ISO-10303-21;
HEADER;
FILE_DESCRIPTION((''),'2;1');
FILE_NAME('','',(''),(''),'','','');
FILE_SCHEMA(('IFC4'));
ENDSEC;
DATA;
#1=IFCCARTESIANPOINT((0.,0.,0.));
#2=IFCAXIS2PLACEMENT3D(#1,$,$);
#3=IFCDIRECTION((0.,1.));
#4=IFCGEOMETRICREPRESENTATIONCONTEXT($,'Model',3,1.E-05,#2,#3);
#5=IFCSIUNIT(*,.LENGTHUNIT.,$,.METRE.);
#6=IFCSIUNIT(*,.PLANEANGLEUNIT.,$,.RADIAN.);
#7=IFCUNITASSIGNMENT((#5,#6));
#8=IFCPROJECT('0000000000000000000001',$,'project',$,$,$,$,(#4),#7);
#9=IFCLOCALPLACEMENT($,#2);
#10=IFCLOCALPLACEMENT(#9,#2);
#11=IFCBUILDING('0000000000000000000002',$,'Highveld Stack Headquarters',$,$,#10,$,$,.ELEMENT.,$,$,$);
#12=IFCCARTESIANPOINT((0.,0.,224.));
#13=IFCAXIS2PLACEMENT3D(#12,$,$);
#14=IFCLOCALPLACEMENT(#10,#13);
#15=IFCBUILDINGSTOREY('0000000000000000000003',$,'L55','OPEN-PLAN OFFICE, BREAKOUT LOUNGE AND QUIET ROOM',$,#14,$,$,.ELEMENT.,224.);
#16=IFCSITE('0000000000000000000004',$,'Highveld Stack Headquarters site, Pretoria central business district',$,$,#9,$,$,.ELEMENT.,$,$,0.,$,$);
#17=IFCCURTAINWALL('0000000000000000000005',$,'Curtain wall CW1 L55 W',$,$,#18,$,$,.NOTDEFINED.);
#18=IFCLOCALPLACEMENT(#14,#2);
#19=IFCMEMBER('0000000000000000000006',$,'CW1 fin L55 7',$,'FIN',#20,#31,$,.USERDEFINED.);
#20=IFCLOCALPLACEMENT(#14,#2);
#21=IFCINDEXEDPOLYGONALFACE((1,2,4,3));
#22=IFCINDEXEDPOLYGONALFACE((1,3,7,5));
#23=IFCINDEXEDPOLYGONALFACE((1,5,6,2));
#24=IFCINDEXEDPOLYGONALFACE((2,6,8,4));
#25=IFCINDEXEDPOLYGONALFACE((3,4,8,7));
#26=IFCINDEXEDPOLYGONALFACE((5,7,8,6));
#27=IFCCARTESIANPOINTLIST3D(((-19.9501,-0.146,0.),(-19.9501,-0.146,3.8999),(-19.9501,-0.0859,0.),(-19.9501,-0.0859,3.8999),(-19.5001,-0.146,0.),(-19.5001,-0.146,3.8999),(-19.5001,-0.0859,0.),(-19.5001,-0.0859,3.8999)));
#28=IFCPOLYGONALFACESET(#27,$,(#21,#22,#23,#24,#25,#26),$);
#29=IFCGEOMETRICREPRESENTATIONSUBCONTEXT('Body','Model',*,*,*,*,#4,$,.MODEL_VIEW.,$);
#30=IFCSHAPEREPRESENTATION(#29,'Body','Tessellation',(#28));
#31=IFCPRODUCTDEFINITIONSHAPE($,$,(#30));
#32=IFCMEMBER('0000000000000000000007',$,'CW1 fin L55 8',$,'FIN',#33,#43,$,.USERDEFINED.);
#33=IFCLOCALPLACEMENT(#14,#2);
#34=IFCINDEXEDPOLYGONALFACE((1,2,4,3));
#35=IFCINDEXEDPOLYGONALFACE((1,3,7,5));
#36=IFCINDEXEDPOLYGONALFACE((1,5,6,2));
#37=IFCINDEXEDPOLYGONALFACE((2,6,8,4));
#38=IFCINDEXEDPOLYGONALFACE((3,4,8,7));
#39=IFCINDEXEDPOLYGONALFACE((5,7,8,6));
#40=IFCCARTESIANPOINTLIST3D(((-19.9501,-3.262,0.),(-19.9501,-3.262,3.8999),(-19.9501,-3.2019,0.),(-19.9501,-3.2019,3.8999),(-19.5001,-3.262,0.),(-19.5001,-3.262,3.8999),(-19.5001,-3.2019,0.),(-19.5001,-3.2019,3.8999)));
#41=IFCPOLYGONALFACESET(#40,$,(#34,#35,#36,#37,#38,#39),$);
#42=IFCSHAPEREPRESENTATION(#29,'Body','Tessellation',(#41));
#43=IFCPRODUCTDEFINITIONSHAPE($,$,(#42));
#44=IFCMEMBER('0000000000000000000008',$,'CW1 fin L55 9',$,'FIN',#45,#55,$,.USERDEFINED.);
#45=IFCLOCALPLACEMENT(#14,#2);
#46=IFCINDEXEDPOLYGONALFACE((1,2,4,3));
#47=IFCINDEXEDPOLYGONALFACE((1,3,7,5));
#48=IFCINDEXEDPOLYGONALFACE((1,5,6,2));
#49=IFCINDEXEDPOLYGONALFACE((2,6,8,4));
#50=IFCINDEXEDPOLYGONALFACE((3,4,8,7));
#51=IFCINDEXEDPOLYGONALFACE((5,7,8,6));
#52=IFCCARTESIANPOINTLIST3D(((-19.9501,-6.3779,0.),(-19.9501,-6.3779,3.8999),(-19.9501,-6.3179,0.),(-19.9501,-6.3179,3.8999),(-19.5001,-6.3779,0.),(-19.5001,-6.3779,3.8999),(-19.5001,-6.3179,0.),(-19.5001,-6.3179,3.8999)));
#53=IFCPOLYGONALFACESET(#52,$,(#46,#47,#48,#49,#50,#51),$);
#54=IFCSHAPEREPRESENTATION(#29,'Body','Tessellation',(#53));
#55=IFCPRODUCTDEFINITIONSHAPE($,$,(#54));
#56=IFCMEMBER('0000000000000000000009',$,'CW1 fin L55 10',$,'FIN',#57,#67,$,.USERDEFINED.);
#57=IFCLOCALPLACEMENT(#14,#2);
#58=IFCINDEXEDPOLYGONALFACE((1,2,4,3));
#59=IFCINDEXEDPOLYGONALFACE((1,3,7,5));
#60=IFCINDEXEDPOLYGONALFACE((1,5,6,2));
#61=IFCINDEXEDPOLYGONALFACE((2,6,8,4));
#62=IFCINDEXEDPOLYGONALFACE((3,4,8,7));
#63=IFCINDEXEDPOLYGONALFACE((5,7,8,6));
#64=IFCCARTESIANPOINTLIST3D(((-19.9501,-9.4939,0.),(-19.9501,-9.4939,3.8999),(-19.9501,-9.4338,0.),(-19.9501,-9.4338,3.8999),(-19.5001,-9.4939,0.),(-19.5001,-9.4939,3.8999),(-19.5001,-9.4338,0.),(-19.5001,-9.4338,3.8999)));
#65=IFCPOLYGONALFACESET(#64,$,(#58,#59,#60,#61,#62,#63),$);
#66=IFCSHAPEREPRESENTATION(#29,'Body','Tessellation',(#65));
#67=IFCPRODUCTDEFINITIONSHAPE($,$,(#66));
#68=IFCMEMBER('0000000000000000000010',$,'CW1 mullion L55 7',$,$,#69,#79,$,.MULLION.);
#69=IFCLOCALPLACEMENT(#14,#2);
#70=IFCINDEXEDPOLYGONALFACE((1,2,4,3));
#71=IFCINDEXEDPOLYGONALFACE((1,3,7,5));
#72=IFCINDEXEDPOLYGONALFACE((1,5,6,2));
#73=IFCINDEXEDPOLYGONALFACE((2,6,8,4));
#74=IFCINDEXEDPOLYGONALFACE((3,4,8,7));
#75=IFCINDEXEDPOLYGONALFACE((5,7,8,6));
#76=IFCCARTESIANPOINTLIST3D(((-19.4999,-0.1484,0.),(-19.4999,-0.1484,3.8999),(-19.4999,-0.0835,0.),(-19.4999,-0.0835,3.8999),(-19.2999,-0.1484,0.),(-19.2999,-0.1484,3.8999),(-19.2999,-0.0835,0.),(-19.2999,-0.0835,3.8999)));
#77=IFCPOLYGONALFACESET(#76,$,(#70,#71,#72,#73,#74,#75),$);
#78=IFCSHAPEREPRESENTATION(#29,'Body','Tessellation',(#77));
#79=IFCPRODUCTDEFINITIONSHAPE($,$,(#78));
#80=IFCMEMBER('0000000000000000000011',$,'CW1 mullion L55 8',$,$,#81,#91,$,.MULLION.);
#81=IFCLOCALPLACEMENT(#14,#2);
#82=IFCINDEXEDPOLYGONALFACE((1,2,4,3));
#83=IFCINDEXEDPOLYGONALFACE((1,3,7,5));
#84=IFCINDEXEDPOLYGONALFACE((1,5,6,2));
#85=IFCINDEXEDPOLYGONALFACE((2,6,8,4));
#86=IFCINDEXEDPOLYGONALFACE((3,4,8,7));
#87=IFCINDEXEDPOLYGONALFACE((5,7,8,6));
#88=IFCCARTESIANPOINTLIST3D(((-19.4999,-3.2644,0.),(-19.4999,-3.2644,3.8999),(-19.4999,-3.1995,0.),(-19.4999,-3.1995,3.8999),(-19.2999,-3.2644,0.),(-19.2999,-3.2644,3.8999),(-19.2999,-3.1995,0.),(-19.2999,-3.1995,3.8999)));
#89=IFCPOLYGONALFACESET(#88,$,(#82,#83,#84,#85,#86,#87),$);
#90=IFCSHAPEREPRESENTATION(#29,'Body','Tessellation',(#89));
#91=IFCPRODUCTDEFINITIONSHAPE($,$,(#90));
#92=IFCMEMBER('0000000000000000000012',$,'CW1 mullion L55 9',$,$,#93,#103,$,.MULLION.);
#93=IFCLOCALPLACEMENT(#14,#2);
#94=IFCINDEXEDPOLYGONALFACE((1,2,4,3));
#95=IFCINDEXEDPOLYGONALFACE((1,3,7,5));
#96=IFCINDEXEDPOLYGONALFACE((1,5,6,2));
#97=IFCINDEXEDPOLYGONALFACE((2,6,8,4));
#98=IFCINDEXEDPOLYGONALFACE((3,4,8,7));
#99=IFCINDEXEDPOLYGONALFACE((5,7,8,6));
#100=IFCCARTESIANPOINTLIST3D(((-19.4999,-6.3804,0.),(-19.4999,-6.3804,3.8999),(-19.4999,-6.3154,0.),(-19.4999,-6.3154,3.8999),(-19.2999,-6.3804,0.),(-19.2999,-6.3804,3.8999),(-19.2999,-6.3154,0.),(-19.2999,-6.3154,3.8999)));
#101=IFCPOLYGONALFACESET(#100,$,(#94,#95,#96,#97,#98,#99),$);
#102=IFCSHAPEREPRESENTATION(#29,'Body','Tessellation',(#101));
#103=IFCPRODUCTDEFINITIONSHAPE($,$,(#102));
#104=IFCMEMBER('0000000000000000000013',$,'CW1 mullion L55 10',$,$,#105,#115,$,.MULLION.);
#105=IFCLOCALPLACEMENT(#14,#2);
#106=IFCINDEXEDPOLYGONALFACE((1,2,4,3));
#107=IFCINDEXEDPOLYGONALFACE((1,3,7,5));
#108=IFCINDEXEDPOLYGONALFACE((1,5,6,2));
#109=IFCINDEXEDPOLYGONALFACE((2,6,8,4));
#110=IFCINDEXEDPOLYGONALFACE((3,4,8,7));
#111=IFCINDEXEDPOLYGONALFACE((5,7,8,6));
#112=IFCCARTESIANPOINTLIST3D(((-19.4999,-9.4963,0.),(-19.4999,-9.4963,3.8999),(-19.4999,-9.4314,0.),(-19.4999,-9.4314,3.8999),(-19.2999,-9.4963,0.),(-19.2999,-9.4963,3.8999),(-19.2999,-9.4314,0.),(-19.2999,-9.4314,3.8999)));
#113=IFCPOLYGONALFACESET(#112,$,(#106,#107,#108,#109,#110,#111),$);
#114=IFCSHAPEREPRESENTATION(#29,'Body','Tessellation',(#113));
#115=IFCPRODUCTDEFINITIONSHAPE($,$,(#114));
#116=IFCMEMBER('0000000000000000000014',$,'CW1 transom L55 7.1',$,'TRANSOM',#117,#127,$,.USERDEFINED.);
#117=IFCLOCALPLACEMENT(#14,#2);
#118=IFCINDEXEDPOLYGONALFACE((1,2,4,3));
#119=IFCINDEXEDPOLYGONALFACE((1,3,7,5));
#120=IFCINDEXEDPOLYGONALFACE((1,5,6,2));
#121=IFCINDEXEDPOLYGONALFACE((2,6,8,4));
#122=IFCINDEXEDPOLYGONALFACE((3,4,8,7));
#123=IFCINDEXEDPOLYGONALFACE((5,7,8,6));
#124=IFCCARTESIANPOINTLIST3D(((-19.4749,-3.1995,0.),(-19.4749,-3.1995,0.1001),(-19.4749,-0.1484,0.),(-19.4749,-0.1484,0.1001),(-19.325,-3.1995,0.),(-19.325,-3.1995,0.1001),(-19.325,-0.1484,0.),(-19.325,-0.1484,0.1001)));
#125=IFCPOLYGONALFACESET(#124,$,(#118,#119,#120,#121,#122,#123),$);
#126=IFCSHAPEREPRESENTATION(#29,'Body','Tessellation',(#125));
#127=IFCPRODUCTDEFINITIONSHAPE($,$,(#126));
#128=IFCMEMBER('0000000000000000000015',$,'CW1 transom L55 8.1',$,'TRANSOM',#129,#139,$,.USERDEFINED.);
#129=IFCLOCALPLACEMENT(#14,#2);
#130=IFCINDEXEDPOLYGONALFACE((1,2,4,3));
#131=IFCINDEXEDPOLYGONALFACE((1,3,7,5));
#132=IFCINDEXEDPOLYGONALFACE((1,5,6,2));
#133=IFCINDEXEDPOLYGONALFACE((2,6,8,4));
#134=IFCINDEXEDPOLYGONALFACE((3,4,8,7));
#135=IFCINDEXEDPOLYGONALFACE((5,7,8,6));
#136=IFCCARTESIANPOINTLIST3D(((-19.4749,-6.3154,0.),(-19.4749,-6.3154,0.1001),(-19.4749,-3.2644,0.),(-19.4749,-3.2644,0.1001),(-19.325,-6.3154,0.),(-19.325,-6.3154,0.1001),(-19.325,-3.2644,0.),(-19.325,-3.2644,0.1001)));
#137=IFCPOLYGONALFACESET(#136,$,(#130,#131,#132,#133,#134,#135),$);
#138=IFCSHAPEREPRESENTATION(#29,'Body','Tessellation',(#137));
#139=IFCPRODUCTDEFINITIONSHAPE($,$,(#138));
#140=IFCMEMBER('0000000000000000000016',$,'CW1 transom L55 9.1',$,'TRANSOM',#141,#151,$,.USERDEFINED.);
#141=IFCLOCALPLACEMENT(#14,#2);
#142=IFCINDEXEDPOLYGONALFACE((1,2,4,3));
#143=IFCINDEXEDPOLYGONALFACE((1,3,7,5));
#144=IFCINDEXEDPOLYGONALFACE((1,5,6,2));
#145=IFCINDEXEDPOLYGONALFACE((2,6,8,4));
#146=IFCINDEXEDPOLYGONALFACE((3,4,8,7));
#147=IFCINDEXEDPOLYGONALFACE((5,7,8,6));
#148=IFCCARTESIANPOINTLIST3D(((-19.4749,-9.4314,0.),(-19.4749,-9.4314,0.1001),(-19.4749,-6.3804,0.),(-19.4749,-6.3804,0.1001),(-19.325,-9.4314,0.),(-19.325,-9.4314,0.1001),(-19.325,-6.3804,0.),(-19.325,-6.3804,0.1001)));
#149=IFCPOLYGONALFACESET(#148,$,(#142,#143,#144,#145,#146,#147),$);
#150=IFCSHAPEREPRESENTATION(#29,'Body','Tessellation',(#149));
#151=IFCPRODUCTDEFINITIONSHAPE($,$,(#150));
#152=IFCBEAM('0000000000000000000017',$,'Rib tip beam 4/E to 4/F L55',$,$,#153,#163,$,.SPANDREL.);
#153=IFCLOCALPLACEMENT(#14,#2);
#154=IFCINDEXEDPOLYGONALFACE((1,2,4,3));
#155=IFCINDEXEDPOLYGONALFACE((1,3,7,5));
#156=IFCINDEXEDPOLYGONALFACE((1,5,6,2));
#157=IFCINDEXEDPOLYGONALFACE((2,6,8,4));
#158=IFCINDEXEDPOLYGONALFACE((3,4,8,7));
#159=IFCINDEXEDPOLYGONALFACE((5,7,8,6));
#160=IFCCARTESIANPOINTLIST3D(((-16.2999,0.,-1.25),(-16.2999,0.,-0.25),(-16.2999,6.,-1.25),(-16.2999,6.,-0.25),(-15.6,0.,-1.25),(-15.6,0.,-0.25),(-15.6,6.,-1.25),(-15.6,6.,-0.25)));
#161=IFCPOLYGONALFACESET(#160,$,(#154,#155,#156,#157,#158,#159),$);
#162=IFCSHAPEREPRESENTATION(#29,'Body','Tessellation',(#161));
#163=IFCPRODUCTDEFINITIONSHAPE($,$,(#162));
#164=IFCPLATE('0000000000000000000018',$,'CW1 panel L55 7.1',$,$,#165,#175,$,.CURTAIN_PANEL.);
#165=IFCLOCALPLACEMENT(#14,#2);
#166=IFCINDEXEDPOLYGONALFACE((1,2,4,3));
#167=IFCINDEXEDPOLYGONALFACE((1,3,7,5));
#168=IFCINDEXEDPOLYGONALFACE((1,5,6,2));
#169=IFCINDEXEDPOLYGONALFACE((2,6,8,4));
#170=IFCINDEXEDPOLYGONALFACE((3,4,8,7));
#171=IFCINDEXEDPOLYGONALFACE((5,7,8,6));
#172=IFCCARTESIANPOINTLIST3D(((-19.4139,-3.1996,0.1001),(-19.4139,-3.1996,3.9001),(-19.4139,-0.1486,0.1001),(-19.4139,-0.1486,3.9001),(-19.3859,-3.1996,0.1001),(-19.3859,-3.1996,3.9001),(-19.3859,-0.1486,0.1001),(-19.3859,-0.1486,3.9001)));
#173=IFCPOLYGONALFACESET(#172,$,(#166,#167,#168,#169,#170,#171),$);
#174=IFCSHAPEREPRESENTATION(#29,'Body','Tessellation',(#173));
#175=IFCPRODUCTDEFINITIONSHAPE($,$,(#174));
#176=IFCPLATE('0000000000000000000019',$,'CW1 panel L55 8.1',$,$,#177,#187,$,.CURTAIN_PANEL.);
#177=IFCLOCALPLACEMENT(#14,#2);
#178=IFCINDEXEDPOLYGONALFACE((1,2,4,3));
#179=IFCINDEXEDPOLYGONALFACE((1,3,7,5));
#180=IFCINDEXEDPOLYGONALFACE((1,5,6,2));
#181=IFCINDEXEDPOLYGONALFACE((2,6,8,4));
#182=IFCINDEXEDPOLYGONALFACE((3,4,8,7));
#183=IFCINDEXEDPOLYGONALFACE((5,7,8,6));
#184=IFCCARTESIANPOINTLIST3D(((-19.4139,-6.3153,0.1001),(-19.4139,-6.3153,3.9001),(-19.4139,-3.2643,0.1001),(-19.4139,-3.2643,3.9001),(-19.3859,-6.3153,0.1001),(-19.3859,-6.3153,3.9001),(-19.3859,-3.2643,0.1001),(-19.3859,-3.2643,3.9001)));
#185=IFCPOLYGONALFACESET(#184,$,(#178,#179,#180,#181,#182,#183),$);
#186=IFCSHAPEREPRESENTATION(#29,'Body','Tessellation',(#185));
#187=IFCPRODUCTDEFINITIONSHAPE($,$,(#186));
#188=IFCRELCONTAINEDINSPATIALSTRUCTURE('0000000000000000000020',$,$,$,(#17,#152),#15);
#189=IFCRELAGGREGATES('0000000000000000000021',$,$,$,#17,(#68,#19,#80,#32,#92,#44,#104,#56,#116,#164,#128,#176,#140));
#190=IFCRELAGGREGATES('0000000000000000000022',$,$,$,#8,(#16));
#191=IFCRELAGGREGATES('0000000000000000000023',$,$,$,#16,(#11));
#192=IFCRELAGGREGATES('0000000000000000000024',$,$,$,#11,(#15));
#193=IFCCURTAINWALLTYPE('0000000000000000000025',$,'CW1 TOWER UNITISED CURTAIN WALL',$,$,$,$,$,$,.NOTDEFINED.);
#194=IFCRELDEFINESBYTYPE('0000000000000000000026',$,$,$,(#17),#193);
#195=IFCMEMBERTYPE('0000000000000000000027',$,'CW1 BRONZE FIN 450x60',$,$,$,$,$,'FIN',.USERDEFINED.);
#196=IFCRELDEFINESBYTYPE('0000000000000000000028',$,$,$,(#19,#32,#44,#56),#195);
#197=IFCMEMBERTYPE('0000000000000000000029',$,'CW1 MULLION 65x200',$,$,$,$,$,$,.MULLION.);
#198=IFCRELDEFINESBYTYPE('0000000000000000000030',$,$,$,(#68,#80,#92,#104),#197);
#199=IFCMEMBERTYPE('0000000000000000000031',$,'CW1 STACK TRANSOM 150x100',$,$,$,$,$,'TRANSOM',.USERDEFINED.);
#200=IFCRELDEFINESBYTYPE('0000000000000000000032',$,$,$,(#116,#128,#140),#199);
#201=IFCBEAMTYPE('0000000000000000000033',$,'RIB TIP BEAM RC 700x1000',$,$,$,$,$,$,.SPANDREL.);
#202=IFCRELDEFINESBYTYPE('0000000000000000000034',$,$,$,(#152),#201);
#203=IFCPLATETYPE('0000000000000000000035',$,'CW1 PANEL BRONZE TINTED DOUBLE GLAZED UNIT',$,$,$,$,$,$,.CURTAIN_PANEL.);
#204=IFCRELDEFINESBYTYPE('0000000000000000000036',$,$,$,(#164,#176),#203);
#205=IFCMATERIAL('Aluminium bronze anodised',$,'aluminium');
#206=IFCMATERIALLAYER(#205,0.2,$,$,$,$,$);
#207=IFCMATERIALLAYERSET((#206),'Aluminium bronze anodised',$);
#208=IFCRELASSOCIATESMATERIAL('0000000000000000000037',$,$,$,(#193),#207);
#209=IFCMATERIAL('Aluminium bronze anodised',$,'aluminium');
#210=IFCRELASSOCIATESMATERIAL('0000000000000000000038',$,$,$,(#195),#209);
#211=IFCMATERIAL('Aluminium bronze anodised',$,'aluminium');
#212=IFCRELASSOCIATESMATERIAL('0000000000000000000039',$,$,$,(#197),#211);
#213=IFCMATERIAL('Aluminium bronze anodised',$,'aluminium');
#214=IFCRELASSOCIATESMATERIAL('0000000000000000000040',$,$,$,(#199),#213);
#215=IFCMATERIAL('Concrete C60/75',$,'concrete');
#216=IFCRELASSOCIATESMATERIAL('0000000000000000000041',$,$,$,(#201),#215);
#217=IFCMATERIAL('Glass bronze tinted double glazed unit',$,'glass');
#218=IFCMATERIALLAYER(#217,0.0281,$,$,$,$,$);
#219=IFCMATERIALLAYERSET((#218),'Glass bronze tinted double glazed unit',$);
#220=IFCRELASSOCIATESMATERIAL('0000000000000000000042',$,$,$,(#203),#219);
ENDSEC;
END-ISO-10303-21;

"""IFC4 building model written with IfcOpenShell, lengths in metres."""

from ifc_helpers import new_model, si_unit, direction, frame, origin, origin_2d, place, context, subcontext, project, spatial, rectangle, extrude, material, layer, layer_set, material_profile, profile_set, type_object, element, aggregate, save


model = new_model("IFC4")

# Units and contexts
model_context = context("Model", 3, precision=1e-05, world=origin(), true_north=direction((0.0, 1.0)))
body_context = subcontext(model_context, "Body", "Model", "MODEL_VIEW")
ifc_project = project(units=[si_unit("LENGTHUNIT", "METRE"), si_unit("PLANEANGLEUNIT", "RADIAN")], contexts=[model_context])

# Site, building, storey
site_placement = place(None, origin())
site = spatial("IfcSite", under=ifc_project, at=site_placement, Name="Highveld Stack Headquarters site, Pretoria central business district", CompositionType="ELEMENT", RefElevation=0.0)
building_placement = place(site_placement, origin())
building = spatial("IfcBuilding", under=site, at=building_placement, Name="Highveld Stack Headquarters", CompositionType="ELEMENT")
storey_placement = place(building_placement, frame((0.0, 0.0, 224.0)))
storey = spatial("IfcBuildingStorey", under=building, at=storey_placement, Name="L55", Description="OPEN-PLAN OFFICE, BREAKOUT LOUNGE AND QUIET ROOM", CompositionType="ELEMENT", Elevation=224.0)

# Curtain wall, members
ifc_material_1 = material(Name="Aluminium bronze anodised", Category="aluminium")
ifc_layer_1 = layer(ifc_material_1, 0.2)
ifc_layer_set_1 = layer_set([ifc_layer_1], Name="Aluminium bronze anodised")
curtain_wall_type = type_object("IfcCurtainWallType", Name="CW1 TOWER UNITISED CURTAIN WALL", PredefinedType="NOTDEFINED", material=ifc_layer_set_1)
curtain_wall_placement = place(storey_placement, origin())
curtain_wall = element("IfcCurtainWall", 1, at=curtain_wall_placement, inside=storey, type_object=curtain_wall_type, Name="Curtain wall CW1 L55 W", PredefinedType="NOTDEFINED")
ifc_material_2 = material(Name="Aluminium bronze anodised", Category="aluminium")
ifc_material_profile_1 = material_profile(ifc_material_2, rectangle(XDim=0.45, YDim=0.0601, at=origin_2d()), Name="FIN 450x60")
ifc_profile_set_1 = profile_set([ifc_material_profile_1], Name="Aluminium bronze anodised")
member_type_1 = type_object("IfcMemberType", Name="CW1 BRONZE FIN 450x60", ElementType="FIN", PredefinedType="USERDEFINED", material=ifc_profile_set_1)
member_1_placement = place(storey_placement, frame((-19.7251, -0.116, 0.0), z_axis=(0.0, 0.0, 1.0), x_axis=(1.0, 0.0, 0.0)))
member_1 = element("IfcMember", 2, at=member_1_placement, type_object=member_type_1, Name="CW1 fin L55 7", ObjectType="FIN", PredefinedType="USERDEFINED", context=body_context, shape_type="SweptSolid", body=[
    extrude(rectangle(XDim=0.45, YDim=0.0601, at=origin_2d()), origin(), (0.0, 0.0, 1.0), 3.8999),
])
member_2_placement = place(storey_placement, frame((-19.7251, -3.2319, 0.0), z_axis=(0.0, 0.0, 1.0), x_axis=(1.0, 0.0, 0.0)))
member_2 = element("IfcMember", 3, at=member_2_placement, type_object=member_type_1, Name="CW1 fin L55 8", ObjectType="FIN", PredefinedType="USERDEFINED", context=body_context, shape_type="SweptSolid", body=[
    extrude(rectangle(XDim=0.45, YDim=0.0601, at=origin_2d()), origin(), (0.0, 0.0, 1.0), 3.8999),
])
member_3_placement = place(storey_placement, frame((-19.7251, -6.3479, 0.0), z_axis=(0.0, 0.0, 1.0), x_axis=(1.0, 0.0, 0.0)))
member_3 = element("IfcMember", 4, at=member_3_placement, type_object=member_type_1, Name="CW1 fin L55 9", ObjectType="FIN", PredefinedType="USERDEFINED", context=body_context, shape_type="SweptSolid", body=[
    extrude(rectangle(XDim=0.45, YDim=0.0601, at=origin_2d()), origin(), (0.0, 0.0, 1.0), 3.8999),
])
member_4_placement = place(storey_placement, frame((-19.7251, -9.4639, 0.0), z_axis=(0.0, 0.0, 1.0), x_axis=(1.0, 0.0, 0.0)))
member_4 = element("IfcMember", 5, at=member_4_placement, type_object=member_type_1, Name="CW1 fin L55 10", ObjectType="FIN", PredefinedType="USERDEFINED", context=body_context, shape_type="SweptSolid", body=[
    extrude(rectangle(XDim=0.45, YDim=0.0601, at=origin_2d()), origin(), (0.0, 0.0, 1.0), 3.8999),
])
ifc_material_3 = material(Name="Aluminium bronze anodised", Category="aluminium")
ifc_material_profile_2 = material_profile(ifc_material_3, rectangle(XDim=0.2, YDim=0.0649, at=origin_2d()), Name="CW1 MULLION 65x200")
ifc_profile_set_2 = profile_set([ifc_material_profile_2], Name="Aluminium bronze anodised")
member_type_2 = type_object("IfcMemberType", Name="CW1 MULLION 65x200", PredefinedType="MULLION", material=ifc_profile_set_2)
member_5_placement = place(storey_placement, frame((-19.3999, -0.116, 0.0), z_axis=(0.0, 0.0, 1.0), x_axis=(1.0, 0.0, 0.0)))
member_5 = element("IfcMember", 6, at=member_5_placement, type_object=member_type_2, Name="CW1 mullion L55 7", PredefinedType="MULLION", context=body_context, shape_type="SweptSolid", body=[
    extrude(rectangle(XDim=0.2, YDim=0.0649, at=origin_2d()), origin(), (0.0, 0.0, 1.0), 3.8999),
])
member_6_placement = place(storey_placement, frame((-19.3999, -3.2319, 0.0), z_axis=(0.0, 0.0, 1.0), x_axis=(1.0, 0.0, 0.0)))
member_6 = element("IfcMember", 7, at=member_6_placement, type_object=member_type_2, Name="CW1 mullion L55 8", PredefinedType="MULLION", context=body_context, shape_type="SweptSolid", body=[
    extrude(rectangle(XDim=0.2, YDim=0.0649, at=origin_2d()), origin(), (0.0, 0.0, 1.0), 3.8999),
])
member_7_placement = place(storey_placement, frame((-19.3999, -6.3479, 0.0), z_axis=(0.0, 0.0, 1.0), x_axis=(1.0, 0.0, 0.0)))
member_7 = element("IfcMember", 8, at=member_7_placement, type_object=member_type_2, Name="CW1 mullion L55 9", PredefinedType="MULLION", context=body_context, shape_type="SweptSolid", body=[
    extrude(rectangle(XDim=0.2, YDim=0.0649, at=origin_2d()), origin(), (0.0, 0.0, 1.0), 3.8999),
])
member_8_placement = place(storey_placement, frame((-19.3999, -9.4639, 0.0), z_axis=(0.0, 0.0, 1.0), x_axis=(1.0, 0.0, 0.0)))
member_8 = element("IfcMember", 9, at=member_8_placement, type_object=member_type_2, Name="CW1 mullion L55 10", PredefinedType="MULLION", context=body_context, shape_type="SweptSolid", body=[
    extrude(rectangle(XDim=0.2, YDim=0.0649, at=origin_2d()), origin(), (0.0, 0.0, 1.0), 3.8999),
])
ifc_material_4 = material(Name="Aluminium bronze anodised", Category="aluminium")
ifc_material_profile_3 = material_profile(ifc_material_4, rectangle(XDim=0.1499, YDim=0.1001, at=origin_2d()), Name="CW1 TRANSOM 150x100")
ifc_profile_set_3 = profile_set([ifc_material_profile_3], Name="Aluminium bronze anodised")
member_type_3 = type_object("IfcMemberType", Name="CW1 STACK TRANSOM 150x100", ElementType="TRANSOM", PredefinedType="USERDEFINED", material=ifc_profile_set_3)
member_9_placement = place(storey_placement, frame((-19.3999, -0.1484, 0.05), z_axis=(0.0, -1.0, 0.0), x_axis=(1.0, 0.0, 0.0)))
member_9 = element("IfcMember", 10, at=member_9_placement, type_object=member_type_3, Name="CW1 transom L55 7.1", ObjectType="TRANSOM", PredefinedType="USERDEFINED", context=body_context, shape_type="SweptSolid", body=[
    extrude(rectangle(XDim=0.1499, YDim=0.1001, at=origin_2d()), origin(), (0.0, 0.0, 1.0), 3.051),
])
member_10_placement = place(storey_placement, frame((-19.3999, -3.2644, 0.05), z_axis=(0.0, -1.0, 0.0), x_axis=(1.0, 0.0, 0.0)))
member_10 = element("IfcMember", 11, at=member_10_placement, type_object=member_type_3, Name="CW1 transom L55 8.1", ObjectType="TRANSOM", PredefinedType="USERDEFINED", context=body_context, shape_type="SweptSolid", body=[
    extrude(rectangle(XDim=0.1499, YDim=0.1001, at=origin_2d()), origin(), (0.0, 0.0, 1.0), 3.051),
])
member_11_placement = place(storey_placement, frame((-19.3999, -6.3804, 0.05), z_axis=(0.0, -1.0, 0.0), x_axis=(1.0, 0.0, 0.0)))
member_11 = element("IfcMember", 12, at=member_11_placement, type_object=member_type_3, Name="CW1 transom L55 9.1", ObjectType="TRANSOM", PredefinedType="USERDEFINED", context=body_context, shape_type="SweptSolid", body=[
    extrude(rectangle(XDim=0.1499, YDim=0.1001, at=origin_2d()), origin(), (0.0, 0.0, 1.0), 3.051),
])

# Beam
ifc_material_5 = material(Name="Concrete C60/75", Category="concrete")
ifc_material_profile_4 = material_profile(ifc_material_5, rectangle(XDim=0.7, YDim=1.0, at=origin_2d()), Name="RC 700x1000")
ifc_profile_set_4 = profile_set([ifc_material_profile_4], Name="Concrete C60/75")
beam_type = type_object("IfcBeamType", Name="RIB TIP BEAM RC 700x1000", PredefinedType="SPANDREL", material=ifc_profile_set_4)
beam_placement = place(storey_placement, frame((-15.95, 0.0, -0.75), z_axis=(0.0, 1.0, 0.0), x_axis=(-1.0, 0.0, 0.0)))
element("IfcBeam", 13, at=beam_placement, inside=storey, type_object=beam_type, Name="Rib tip beam 4/E to 4/F L55", PredefinedType="SPANDREL", context=body_context, shape_type="SweptSolid", body=[
    extrude(rectangle(XDim=0.7, YDim=1.0, at=origin_2d()), origin(), (0.0, 0.0, 1.0), 6.0),
])

# Plates
ifc_material_6 = material(Name="Glass bronze tinted double glazed unit", Category="glass")
ifc_layer_2 = layer(ifc_material_6, 0.0281)
ifc_layer_set_2 = layer_set([ifc_layer_2], Name="Glass bronze tinted double glazed unit")
plate_type = type_object("IfcPlateType", Name="CW1 PANEL BRONZE TINTED DOUBLE GLAZED UNIT", PredefinedType="CURTAIN_PANEL", material=ifc_layer_set_2)
plate_1_placement = place(storey_placement, frame((-19.3999, -1.6741, 0.1001), z_axis=(0.0, 0.0, 1.0), x_axis=(0.0, -1.0, 0.0)))
plate_1 = element("IfcPlate", 14, at=plate_1_placement, type_object=plate_type, Name="CW1 panel L55 7.1", PredefinedType="CURTAIN_PANEL", context=body_context, shape_type="SweptSolid", body=[
    extrude(rectangle(XDim=3.051, YDim=0.0281, at=origin_2d()), origin(), (0.0, 0.0, 1.0), 3.8),
])
plate_2_placement = place(storey_placement, frame((-19.3999, -4.7898, 0.1001), z_axis=(0.0, 0.0, 1.0), x_axis=(0.0, -1.0, 0.0)))
plate_2 = element("IfcPlate", 15, at=plate_2_placement, type_object=plate_type, Name="CW1 panel L55 8.1", PredefinedType="CURTAIN_PANEL", context=body_context, shape_type="SweptSolid", body=[
    extrude(rectangle(XDim=3.051, YDim=0.0281, at=origin_2d()), origin(), (0.0, 0.0, 1.0), 3.8),
])
aggregate(curtain_wall, [member_5, member_1, member_6, member_2, member_7, member_3, member_8, member_4, member_9, plate_1, member_10, plate_2, member_11])

save(model, "model.ifc")
